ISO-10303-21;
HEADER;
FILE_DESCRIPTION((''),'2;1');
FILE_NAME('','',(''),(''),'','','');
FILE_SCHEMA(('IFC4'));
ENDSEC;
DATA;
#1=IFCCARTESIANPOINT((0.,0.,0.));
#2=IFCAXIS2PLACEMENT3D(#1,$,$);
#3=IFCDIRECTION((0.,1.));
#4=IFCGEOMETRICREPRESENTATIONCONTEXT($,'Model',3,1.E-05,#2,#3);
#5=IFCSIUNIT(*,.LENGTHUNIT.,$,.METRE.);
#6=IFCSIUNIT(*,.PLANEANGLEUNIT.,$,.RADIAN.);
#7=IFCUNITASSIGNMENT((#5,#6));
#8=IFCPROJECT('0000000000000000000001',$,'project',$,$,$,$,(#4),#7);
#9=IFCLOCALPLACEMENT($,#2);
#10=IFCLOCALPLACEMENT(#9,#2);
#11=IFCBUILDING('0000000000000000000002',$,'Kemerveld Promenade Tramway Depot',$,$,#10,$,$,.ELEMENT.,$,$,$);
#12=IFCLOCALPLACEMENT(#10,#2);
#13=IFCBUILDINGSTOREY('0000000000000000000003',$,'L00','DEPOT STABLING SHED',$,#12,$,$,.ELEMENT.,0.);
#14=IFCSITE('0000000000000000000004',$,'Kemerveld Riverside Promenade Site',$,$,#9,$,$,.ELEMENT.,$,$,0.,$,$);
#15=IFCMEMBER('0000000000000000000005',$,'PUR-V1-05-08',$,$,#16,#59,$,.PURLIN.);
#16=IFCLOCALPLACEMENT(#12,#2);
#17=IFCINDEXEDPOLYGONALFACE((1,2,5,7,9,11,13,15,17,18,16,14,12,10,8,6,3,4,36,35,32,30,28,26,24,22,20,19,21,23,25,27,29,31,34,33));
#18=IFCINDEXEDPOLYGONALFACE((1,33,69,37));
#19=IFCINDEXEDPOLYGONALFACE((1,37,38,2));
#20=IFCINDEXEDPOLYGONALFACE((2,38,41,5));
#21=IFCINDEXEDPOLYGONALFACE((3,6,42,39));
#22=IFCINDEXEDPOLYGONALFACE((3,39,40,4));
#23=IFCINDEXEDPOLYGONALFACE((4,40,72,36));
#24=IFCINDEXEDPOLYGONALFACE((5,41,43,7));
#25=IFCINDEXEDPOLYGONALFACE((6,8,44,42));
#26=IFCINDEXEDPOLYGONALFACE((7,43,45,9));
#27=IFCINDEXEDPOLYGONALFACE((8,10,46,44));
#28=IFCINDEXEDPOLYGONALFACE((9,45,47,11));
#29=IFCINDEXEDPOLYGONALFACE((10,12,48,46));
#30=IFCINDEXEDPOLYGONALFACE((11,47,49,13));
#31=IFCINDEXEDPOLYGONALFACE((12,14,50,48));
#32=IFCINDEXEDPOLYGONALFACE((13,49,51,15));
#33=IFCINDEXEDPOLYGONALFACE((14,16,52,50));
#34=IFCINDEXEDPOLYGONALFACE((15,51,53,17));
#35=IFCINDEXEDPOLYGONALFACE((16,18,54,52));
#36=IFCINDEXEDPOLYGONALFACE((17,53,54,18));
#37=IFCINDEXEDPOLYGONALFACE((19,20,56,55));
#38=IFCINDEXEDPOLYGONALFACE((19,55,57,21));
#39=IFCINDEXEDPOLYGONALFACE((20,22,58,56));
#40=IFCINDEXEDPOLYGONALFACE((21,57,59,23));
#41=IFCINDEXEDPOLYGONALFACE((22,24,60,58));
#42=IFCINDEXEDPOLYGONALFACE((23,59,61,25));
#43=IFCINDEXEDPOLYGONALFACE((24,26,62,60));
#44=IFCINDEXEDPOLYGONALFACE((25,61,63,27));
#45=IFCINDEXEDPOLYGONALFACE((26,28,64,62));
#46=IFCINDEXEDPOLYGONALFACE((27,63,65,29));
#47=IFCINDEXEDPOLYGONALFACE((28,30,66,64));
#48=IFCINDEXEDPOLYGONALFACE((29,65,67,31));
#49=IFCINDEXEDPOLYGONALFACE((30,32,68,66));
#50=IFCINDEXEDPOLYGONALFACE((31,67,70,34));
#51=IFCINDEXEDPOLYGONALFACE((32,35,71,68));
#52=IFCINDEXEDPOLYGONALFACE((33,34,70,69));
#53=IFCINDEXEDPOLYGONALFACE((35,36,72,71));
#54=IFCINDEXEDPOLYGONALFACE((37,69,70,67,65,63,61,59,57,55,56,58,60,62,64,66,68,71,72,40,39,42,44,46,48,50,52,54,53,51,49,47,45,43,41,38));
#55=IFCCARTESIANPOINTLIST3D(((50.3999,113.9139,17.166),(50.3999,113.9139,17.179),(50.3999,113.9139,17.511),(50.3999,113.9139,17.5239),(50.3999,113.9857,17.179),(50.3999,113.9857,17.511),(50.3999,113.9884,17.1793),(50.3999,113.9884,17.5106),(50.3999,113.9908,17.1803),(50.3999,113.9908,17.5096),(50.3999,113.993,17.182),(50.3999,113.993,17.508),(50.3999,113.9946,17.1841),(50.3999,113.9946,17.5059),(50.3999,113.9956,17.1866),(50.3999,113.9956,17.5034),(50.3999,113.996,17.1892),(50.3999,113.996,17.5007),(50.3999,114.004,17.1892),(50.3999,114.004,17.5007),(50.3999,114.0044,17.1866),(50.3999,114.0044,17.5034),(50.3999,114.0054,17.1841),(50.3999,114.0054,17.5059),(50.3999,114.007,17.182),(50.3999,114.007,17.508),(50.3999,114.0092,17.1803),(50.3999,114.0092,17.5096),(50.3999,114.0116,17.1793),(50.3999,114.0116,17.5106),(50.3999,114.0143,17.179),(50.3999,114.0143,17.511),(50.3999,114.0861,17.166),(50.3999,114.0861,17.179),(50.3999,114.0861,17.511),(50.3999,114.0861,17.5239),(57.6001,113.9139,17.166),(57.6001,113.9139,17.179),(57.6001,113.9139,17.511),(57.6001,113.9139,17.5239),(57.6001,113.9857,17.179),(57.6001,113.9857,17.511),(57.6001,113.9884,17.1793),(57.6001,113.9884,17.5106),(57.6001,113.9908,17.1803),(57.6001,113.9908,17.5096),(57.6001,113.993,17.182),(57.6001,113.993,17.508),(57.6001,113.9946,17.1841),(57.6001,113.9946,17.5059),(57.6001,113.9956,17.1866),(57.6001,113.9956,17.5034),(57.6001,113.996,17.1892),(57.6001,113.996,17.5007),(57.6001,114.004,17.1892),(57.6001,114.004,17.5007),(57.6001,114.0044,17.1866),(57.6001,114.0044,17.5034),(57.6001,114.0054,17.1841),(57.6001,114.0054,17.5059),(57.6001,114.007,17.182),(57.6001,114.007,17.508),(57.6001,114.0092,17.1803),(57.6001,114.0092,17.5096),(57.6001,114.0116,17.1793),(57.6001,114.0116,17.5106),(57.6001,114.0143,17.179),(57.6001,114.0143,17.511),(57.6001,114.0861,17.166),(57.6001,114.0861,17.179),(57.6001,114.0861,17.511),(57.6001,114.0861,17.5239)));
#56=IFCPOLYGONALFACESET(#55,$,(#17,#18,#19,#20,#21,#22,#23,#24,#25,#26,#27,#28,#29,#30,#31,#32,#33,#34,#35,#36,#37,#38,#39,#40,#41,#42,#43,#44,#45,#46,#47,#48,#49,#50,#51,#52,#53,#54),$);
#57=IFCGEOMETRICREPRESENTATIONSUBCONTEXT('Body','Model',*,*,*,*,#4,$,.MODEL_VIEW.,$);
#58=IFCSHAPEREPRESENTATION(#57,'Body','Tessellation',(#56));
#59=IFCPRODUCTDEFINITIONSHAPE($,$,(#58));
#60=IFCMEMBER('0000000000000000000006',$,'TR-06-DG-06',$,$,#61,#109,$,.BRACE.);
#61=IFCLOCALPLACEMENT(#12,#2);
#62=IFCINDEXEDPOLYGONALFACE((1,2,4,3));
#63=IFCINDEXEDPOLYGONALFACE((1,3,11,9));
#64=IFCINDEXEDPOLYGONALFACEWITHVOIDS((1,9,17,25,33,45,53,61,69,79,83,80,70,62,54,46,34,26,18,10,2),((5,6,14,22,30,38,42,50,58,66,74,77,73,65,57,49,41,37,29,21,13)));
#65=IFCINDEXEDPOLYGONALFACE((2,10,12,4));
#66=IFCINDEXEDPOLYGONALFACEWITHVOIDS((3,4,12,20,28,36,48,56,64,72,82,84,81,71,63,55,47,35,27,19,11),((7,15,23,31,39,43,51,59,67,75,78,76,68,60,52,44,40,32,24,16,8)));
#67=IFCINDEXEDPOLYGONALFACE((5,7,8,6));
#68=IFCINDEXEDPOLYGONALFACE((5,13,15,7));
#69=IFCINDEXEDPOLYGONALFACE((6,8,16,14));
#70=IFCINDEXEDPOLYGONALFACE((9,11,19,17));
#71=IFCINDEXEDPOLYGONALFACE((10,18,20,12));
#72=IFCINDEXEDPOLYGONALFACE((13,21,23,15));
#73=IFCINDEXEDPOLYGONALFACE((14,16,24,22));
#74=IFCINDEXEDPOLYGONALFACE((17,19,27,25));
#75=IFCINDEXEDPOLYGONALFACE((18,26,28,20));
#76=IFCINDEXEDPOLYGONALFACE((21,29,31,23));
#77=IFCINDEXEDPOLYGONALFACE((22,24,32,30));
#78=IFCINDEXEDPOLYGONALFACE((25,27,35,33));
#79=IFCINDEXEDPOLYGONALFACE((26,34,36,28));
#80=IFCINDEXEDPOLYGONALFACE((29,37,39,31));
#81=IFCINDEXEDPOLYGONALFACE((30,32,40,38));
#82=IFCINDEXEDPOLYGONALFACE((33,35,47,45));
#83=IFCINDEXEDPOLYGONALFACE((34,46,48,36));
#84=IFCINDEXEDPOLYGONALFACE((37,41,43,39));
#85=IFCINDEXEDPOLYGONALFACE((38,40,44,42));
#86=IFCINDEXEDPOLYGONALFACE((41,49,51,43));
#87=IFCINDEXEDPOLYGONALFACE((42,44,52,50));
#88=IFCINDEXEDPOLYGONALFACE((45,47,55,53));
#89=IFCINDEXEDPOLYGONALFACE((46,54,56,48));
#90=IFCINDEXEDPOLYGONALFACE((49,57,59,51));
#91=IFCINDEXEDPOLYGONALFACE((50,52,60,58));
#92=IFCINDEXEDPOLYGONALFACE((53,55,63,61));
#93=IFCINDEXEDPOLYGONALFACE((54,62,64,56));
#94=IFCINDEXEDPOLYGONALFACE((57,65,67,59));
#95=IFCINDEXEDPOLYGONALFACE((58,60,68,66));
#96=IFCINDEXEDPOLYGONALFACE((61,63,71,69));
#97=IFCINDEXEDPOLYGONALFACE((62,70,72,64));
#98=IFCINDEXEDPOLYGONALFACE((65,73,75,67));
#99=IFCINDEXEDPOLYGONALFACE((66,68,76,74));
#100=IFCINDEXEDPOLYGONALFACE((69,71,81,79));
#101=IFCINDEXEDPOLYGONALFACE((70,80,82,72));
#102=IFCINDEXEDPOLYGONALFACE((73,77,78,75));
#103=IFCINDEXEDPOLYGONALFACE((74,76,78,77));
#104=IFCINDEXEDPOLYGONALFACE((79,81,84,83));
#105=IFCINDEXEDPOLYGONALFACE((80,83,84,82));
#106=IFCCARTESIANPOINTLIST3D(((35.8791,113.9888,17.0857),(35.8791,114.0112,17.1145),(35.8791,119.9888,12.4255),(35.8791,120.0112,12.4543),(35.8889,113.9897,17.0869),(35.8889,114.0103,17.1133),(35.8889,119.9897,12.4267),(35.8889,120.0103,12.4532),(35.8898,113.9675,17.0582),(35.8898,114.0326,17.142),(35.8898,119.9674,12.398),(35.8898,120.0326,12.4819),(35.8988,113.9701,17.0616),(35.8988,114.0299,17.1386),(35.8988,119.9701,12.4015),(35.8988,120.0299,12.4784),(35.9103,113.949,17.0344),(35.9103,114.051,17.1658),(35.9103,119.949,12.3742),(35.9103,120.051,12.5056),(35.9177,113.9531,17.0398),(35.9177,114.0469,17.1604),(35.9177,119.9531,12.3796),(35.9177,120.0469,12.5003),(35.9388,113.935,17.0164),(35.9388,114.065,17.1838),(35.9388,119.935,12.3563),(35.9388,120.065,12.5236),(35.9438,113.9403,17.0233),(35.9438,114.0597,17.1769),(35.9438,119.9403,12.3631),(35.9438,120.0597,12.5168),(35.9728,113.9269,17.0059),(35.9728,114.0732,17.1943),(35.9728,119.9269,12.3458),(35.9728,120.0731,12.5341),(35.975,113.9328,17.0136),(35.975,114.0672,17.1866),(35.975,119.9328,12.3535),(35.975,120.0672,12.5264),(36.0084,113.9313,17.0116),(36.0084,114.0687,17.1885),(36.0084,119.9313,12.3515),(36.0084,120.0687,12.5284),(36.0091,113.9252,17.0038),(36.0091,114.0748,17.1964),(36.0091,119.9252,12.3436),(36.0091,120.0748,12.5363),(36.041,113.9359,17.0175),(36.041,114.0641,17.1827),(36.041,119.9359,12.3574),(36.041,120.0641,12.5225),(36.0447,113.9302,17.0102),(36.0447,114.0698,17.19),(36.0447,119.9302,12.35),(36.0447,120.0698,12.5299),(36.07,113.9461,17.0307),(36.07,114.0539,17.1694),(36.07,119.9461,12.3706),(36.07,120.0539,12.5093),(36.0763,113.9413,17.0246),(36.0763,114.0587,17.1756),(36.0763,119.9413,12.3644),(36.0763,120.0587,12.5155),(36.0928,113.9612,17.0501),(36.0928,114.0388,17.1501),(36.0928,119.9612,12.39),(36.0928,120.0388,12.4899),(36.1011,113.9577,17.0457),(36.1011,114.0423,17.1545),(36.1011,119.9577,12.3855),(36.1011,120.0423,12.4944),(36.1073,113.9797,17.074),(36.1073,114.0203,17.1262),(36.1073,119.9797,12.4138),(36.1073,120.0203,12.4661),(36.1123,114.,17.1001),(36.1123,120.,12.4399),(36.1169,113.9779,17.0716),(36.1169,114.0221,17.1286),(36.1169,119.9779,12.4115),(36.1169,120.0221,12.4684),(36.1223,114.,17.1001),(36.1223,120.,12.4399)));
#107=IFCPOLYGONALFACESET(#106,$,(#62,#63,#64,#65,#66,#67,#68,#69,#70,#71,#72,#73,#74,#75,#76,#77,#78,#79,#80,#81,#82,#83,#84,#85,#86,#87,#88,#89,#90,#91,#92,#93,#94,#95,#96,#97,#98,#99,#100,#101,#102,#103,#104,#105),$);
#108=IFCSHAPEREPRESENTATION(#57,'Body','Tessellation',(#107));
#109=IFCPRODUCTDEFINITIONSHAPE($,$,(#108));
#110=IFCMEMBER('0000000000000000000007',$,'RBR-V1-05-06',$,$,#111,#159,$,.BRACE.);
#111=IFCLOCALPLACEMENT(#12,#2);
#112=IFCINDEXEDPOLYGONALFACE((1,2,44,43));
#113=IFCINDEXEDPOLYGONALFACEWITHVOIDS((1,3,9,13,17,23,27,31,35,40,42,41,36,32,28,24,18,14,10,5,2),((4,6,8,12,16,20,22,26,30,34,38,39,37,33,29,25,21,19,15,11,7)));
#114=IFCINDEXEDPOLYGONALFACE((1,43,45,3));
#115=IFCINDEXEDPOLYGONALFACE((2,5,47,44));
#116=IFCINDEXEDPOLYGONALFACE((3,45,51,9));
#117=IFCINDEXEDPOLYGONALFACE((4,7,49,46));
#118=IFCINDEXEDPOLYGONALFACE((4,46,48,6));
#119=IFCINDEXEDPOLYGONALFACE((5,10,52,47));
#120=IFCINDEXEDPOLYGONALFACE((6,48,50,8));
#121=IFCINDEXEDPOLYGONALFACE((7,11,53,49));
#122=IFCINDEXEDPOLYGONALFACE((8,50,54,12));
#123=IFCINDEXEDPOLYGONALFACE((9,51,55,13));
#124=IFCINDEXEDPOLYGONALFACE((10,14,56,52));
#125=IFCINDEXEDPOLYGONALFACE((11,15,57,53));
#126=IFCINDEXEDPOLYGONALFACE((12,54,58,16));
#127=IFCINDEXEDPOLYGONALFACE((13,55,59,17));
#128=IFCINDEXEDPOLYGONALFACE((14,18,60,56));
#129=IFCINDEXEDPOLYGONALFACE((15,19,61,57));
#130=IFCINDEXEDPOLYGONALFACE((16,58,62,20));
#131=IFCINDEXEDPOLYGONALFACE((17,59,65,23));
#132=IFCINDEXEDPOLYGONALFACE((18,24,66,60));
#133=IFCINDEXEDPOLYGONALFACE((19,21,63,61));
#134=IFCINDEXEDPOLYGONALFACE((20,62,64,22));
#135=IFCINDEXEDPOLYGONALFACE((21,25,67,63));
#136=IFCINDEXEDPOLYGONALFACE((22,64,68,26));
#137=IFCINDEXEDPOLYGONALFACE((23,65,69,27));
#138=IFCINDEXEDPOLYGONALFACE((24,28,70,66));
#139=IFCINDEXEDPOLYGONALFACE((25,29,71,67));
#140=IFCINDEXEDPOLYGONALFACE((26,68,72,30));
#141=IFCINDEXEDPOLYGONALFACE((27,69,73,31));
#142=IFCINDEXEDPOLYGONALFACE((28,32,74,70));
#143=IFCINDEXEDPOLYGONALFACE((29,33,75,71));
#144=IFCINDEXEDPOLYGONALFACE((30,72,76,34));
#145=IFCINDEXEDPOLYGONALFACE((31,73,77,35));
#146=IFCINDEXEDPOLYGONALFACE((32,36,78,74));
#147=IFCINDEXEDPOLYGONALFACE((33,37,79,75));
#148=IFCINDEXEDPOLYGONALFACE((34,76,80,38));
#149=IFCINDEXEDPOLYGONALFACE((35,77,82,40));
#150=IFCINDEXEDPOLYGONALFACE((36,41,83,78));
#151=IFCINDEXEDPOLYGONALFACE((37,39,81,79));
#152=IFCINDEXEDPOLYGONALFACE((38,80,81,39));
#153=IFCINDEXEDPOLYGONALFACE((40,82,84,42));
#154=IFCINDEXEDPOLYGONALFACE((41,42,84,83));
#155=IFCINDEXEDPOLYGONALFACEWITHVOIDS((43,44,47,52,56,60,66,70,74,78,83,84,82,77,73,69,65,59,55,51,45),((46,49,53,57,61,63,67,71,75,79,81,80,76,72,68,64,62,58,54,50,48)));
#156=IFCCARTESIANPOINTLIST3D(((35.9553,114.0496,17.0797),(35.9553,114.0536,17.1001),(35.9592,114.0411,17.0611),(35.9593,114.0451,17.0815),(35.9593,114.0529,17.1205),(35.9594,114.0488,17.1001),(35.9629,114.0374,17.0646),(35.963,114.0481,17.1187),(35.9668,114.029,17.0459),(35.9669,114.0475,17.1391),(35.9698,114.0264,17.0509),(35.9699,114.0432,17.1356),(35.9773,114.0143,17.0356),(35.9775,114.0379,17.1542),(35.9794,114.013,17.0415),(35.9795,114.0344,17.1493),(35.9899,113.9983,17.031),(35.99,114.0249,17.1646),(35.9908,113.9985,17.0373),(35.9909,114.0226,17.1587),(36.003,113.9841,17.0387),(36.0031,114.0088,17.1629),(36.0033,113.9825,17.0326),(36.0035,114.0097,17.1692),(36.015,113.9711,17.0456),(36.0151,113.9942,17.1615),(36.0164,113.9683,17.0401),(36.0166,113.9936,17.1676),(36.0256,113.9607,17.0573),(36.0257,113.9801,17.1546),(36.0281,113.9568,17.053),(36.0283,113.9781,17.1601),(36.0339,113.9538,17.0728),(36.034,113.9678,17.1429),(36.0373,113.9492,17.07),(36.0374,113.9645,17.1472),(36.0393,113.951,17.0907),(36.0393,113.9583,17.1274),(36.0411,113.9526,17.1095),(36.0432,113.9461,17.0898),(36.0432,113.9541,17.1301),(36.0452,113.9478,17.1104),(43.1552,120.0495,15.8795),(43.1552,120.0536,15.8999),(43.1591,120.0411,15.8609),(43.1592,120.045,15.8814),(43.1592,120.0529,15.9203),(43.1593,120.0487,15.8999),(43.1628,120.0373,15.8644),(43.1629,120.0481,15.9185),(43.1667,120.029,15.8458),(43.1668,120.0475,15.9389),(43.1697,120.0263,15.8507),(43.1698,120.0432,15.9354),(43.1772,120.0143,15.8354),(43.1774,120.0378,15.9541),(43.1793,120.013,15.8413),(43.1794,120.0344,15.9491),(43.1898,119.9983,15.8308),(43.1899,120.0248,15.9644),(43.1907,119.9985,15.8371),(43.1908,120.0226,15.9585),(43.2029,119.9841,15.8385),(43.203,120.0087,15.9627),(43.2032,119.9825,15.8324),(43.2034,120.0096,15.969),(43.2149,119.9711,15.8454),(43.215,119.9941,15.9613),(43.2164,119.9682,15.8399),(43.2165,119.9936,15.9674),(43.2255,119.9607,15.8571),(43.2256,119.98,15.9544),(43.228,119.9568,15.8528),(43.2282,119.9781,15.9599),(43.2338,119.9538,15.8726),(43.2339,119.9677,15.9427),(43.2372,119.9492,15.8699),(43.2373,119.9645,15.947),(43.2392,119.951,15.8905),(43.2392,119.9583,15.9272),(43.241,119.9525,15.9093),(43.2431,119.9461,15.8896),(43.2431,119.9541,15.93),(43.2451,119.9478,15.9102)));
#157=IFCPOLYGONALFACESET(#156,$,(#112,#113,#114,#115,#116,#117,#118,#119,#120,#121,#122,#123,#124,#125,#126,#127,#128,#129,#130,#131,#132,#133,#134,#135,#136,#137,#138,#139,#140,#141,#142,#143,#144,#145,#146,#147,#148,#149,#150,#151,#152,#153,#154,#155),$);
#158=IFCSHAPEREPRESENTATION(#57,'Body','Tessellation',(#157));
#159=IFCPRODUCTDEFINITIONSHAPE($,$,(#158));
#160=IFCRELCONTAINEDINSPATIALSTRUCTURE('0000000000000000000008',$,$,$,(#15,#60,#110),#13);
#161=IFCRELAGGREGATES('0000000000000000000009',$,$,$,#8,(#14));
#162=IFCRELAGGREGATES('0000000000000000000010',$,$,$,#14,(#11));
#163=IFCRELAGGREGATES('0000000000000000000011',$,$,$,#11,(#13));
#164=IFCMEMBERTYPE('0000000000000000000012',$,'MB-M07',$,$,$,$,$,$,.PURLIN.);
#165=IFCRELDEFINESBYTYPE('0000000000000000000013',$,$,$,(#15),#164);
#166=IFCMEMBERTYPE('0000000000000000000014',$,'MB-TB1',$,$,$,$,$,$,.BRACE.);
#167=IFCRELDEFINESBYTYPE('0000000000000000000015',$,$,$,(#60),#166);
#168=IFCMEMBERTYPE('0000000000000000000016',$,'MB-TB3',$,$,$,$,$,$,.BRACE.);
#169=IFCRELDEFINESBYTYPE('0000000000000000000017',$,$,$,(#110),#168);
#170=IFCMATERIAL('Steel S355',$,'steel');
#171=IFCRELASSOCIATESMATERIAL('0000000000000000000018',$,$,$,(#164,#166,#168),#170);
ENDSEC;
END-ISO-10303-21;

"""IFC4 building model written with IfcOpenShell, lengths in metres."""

from ifc_helpers import new_model, si_unit, direction, frame, origin, origin_2d, place, context, subcontext, project, spatial, hollow_circle, i_section, extrude, material, material_profile, profile_set, type_object, element, save


model = new_model("IFC4")

# Units and contexts
model_context = context("Model", 3, precision=1e-05, world=origin(), true_north=direction((0.0, 1.0)))
body_context = subcontext(model_context, "Body", "Model", "MODEL_VIEW")
ifc_project = project(units=[si_unit("LENGTHUNIT", "METRE"), si_unit("PLANEANGLEUNIT", "RADIAN")], contexts=[model_context])

# Site, building, storey
site_placement = place(None, origin())
site = spatial("IfcSite", under=ifc_project, at=site_placement, Name="Kemerveld Riverside Promenade Site", CompositionType="ELEMENT", RefElevation=0.0)
building_placement = place(site_placement, origin())
building = spatial("IfcBuilding", under=site, at=building_placement, Name="Kemerveld Promenade Tramway Depot", CompositionType="ELEMENT")
storey_placement = place(building_placement, origin())
storey = spatial("IfcBuildingStorey", under=building, at=storey_placement, Name="L00", Description="DEPOT STABLING SHED", CompositionType="ELEMENT", Elevation=0.0)

# Shared definitions
ifc_material_1 = material(Name="Steel S355", Category="steel")

# Members
ifc_material_profile_1 = material_profile(ifc_material_1, i_section(OverallWidth=0.1721, OverallDepth=0.3579, WebThickness=0.0081, FlangeThickness=0.0129, FilletRadius=0.0103, at=origin_2d()), Name="356x171x57 UB")
ifc_profile_set_1 = profile_set([ifc_material_profile_1], Name="Steel S355")
member_type_1 = type_object("IfcMemberType", Name="MB-M07", PredefinedType="PURLIN", material=ifc_profile_set_1)
member_1_placement = place(storey_placement, frame((50.3999, 114.0, 17.345), z_axis=(1.0, 0.0, 0.0), x_axis=(0.0, 1.0, 0.0)))
element("IfcMember", 1, at=member_1_placement, inside=storey, type_object=member_type_1, Name="PUR-V1-05-08", PredefinedType="PURLIN", context=body_context, shape_type="SweptSolid", body=[
    extrude(i_section(OverallWidth=0.1721, OverallDepth=0.3579, WebThickness=0.0081, FlangeThickness=0.0129, FilletRadius=0.0103, at=origin_2d()), origin(), (0.0, 0.0, 1.0), 7.2002),
])
ifc_material_profile_2 = material_profile(ifc_material_1, hollow_circle(Radius=0.1223, WallThickness=0.01, at=origin_2d()), Name="244.5x10.0 CHS")
ifc_profile_set_2 = profile_set([ifc_material_profile_2], Name="Steel S355")
member_type_2 = type_object("IfcMemberType", Name="MB-TB1", PredefinedType="BRACE", material=ifc_profile_set_2)
member_2_placement = place(storey_placement, frame((36.0, 120.0, 12.4399), z_axis=(0.0, -0.789767, 0.613407), x_axis=(1.0, 0.0, 0.0)))
element("IfcMember", 2, at=member_2_placement, inside=storey, type_object=member_type_2, Name="TR-06-DG-06", PredefinedType="BRACE", context=body_context, shape_type="SweptSolid", body=[
    extrude(hollow_circle(Radius=0.1223, WallThickness=0.01, at=origin_2d()), origin(), (0.0, 0.0, 1.0), 7.5972),
])
ifc_material_profile_3 = material_profile(ifc_material_1, hollow_circle(Radius=0.0698, WallThickness=0.0063, at=origin_2d()), Name="139.7x6.3 CHS")
ifc_profile_set_3 = profile_set([ifc_material_profile_3], Name="Steel S355")
member_type_3 = type_object("IfcMemberType", Name="MB-TB3", PredefinedType="BRACE", material=ifc_profile_set_3)
member_3_placement = place(storey_placement, frame((36.0, 114.0, 17.1001), z_axis=(0.761997, 0.635001, -0.127021), x_axis=(-0.640187, 0.768219, 0.0)))
element("IfcMember", 3, at=member_3_placement, inside=storey, type_object=member_type_3, Name="RBR-V1-05-06", PredefinedType="BRACE", context=body_context, shape_type="SweptSolid", body=[
    extrude(hollow_circle(Radius=0.0698, WallThickness=0.0063, at=origin_2d()), origin(), (0.0, 0.0, 1.0), 9.4487),
])

save(model, "model.ifc")
